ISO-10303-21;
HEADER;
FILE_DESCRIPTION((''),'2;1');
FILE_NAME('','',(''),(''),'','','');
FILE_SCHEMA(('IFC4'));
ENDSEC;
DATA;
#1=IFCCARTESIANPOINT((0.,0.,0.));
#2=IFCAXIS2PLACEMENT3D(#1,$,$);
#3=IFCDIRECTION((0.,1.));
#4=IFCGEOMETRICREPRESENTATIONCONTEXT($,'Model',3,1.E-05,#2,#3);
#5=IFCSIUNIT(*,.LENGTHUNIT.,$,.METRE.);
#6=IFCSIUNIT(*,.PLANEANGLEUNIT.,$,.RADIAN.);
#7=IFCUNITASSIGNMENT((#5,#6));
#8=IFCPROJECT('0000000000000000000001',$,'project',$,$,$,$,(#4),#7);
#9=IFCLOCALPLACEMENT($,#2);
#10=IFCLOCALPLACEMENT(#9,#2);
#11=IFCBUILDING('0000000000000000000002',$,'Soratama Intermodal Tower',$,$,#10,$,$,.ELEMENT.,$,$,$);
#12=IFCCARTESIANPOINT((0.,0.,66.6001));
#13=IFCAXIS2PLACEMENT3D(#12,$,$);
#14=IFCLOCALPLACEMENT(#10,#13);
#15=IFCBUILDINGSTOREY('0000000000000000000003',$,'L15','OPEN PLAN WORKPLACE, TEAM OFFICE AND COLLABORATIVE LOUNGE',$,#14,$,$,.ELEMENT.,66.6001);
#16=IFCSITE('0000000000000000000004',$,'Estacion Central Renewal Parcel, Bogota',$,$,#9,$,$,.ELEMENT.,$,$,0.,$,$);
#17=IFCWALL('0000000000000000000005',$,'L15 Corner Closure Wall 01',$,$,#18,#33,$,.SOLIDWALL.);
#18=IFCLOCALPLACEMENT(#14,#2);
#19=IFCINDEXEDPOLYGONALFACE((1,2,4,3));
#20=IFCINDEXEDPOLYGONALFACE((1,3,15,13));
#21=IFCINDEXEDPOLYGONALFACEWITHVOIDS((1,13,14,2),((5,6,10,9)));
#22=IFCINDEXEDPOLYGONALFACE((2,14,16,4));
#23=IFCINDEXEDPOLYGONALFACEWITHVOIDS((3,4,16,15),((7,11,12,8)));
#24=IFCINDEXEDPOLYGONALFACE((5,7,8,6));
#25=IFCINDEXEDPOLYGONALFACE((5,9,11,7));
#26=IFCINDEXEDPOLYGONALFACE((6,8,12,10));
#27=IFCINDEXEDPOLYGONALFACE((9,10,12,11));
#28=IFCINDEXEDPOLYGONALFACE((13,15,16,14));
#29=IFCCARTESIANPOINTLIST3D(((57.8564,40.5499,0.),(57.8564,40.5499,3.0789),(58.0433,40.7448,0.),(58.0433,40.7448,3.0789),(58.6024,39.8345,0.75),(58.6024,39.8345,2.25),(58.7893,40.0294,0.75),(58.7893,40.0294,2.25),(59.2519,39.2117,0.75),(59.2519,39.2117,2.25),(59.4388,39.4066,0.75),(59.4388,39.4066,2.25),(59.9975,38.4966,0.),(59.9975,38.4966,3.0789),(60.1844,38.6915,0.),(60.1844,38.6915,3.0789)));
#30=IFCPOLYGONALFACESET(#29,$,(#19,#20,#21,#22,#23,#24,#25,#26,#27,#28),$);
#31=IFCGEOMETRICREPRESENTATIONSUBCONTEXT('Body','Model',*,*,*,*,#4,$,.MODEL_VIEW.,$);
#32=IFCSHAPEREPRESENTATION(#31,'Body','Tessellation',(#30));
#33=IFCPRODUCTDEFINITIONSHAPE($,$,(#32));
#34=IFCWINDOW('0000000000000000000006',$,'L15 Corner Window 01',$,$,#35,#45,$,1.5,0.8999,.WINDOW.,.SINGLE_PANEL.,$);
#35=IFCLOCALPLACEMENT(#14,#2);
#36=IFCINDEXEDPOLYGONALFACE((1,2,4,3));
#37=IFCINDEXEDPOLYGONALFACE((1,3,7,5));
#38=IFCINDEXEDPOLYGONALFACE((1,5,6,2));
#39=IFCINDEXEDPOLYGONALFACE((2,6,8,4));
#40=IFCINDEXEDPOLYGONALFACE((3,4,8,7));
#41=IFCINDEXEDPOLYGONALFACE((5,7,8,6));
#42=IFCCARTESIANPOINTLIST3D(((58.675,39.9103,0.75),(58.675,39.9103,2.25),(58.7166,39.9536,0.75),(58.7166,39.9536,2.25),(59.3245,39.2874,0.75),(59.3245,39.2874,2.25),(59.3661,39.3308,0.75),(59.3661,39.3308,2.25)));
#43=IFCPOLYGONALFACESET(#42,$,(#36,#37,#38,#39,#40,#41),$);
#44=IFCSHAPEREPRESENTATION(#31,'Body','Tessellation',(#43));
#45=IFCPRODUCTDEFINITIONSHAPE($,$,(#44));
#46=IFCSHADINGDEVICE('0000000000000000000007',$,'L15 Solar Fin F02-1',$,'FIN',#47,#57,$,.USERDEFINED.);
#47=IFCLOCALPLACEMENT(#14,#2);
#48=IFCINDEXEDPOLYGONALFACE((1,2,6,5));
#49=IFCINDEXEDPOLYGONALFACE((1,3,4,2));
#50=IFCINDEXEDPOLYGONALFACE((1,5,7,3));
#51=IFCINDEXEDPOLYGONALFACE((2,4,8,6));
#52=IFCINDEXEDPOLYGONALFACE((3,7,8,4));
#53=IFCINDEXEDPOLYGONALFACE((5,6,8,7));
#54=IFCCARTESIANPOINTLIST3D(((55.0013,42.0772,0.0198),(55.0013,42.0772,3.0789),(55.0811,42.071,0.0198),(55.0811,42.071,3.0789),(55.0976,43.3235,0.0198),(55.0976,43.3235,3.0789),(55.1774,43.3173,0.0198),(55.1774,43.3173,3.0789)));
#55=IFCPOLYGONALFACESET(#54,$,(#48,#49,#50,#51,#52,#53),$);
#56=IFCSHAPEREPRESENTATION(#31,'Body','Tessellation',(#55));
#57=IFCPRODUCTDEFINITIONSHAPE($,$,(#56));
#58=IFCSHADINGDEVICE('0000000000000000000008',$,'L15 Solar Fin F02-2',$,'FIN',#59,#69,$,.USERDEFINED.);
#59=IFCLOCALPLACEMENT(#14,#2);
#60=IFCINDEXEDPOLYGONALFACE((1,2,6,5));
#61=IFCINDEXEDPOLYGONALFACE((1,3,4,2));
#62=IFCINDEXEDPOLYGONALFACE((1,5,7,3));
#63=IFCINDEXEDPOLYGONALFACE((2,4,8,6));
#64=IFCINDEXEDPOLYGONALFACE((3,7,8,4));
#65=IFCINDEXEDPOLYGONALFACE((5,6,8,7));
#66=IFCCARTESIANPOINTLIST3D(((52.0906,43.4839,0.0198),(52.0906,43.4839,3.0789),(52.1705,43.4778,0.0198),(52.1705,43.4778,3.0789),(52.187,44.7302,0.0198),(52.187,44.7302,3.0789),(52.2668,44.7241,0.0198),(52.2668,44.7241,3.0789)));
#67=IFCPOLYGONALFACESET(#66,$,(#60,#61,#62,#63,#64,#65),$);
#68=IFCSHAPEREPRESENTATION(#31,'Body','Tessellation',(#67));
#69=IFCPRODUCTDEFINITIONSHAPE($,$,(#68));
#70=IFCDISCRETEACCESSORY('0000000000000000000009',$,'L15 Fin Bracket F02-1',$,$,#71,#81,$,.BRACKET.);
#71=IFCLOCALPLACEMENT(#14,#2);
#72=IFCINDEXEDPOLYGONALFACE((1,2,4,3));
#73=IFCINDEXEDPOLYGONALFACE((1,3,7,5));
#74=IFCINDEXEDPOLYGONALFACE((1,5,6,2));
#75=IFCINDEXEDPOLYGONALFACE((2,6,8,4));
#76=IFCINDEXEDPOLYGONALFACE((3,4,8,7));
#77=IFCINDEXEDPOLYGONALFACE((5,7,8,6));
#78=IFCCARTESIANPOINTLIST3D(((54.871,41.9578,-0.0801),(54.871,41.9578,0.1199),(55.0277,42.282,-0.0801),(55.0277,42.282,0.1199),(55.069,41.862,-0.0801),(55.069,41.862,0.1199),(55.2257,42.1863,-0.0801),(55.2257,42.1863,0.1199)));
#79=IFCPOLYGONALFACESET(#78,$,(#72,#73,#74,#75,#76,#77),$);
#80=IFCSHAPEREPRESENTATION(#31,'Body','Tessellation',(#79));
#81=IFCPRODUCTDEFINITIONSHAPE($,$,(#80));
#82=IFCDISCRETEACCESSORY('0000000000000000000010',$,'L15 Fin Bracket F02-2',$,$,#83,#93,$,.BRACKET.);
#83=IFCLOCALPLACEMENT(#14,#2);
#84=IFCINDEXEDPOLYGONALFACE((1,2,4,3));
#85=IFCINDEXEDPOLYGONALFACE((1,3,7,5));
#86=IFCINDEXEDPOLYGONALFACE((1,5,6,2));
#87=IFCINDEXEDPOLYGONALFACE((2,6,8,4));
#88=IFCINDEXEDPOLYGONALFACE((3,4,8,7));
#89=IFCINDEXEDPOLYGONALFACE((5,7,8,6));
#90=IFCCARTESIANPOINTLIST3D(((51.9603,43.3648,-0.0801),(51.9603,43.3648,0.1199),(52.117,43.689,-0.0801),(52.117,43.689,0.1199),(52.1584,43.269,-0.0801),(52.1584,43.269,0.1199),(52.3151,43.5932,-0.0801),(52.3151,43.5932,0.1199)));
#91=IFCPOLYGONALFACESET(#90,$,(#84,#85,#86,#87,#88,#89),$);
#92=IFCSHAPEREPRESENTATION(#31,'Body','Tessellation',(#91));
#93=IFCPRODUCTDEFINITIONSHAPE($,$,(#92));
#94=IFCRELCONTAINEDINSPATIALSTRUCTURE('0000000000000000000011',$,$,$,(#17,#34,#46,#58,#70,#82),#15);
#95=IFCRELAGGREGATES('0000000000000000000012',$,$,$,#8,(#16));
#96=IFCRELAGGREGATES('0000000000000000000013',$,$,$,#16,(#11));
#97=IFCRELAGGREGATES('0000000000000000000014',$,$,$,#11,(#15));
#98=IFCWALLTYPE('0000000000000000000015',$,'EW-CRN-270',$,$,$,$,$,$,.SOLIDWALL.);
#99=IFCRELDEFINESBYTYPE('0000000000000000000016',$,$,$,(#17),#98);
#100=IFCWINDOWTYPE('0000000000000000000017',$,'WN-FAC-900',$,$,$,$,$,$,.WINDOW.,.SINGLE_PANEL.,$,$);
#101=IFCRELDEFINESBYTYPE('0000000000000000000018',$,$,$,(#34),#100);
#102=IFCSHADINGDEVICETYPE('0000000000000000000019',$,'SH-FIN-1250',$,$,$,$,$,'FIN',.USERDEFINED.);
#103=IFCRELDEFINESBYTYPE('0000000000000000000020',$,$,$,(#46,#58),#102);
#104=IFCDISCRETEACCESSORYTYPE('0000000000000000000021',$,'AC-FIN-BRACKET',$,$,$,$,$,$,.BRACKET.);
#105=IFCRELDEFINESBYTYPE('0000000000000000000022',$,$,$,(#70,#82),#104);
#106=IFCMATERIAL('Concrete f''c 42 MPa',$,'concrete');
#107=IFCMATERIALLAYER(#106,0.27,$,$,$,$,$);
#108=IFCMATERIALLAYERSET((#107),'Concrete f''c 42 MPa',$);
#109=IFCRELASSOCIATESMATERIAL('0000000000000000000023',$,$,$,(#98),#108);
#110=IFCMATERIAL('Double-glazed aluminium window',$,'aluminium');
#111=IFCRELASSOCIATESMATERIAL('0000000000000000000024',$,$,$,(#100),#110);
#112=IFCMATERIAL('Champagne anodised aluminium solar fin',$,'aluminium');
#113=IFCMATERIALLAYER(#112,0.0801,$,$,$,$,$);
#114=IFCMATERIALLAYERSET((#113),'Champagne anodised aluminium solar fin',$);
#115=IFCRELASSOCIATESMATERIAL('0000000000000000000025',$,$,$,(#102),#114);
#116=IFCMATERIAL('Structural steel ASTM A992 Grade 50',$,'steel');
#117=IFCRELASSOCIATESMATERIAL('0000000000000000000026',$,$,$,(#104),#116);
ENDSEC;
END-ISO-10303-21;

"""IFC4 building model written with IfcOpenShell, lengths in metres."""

from ifc_helpers import new_model, si_unit, direction, frame, frame_2d, origin, origin_2d, place, context, subcontext, project, spatial, rectangle, extrude, material, layer, layer_set, type_object, element, fill, save


model = new_model("IFC4")

# Units and contexts
model_context = context("Model", 3, precision=1e-05, world=origin(), true_north=direction((0.0, 1.0)))
body_context = subcontext(model_context, "Body", "Model", "MODEL_VIEW")
ifc_project = project(units=[si_unit("LENGTHUNIT", "METRE"), si_unit("PLANEANGLEUNIT", "RADIAN")], contexts=[model_context])

# Site, building, storey
site_placement = place(None, origin())
site = spatial("IfcSite", under=ifc_project, at=site_placement, Name="Estacion Central Renewal Parcel, Bogota", CompositionType="ELEMENT", RefElevation=0.0)
building_placement = place(site_placement, origin())
building = spatial("IfcBuilding", under=site, at=building_placement, Name="Soratama Intermodal Tower", CompositionType="ELEMENT")
storey_placement = place(building_placement, frame((0.0, 0.0, 66.6001)))
storey = spatial("IfcBuildingStorey", under=building, at=storey_placement, Name="L15", Description="OPEN PLAN WORKPLACE, TEAM OFFICE AND COLLABORATIVE LOUNGE", CompositionType="ELEMENT", Elevation=66.6001)

# Wall, opening, window
ifc_material_1 = material(Name="Concrete f'c 42 MPa", Category="concrete")
ifc_layer_1 = layer(ifc_material_1, 0.27)
ifc_layer_set_1 = layer_set([ifc_layer_1], Name="Concrete f'c 42 MPa")
wall_type = type_object("IfcWallType", Name="EW-CRN-270", PredefinedType="SOLIDWALL", material=ifc_layer_set_1)
wall_placement = place(storey_placement, frame((60.0911, 38.594, 0.0), z_axis=(0.0, 0.0, 1.0), x_axis=(-0.721765, 0.692138, 0.0)))
wall = element("IfcWall", 1, at=wall_placement, inside=storey, type_object=wall_type, Name="L15 Corner Closure Wall 01", PredefinedType="SOLIDWALL", context=body_context, shape_type="SweptSolid", body=[
    extrude(rectangle(XDim=2.9666, YDim=0.27, at=frame_2d((1.4834, 0.0))), origin(), (0.0, 0.0, 1.0), 3.0789),
])
opening_placement = place(wall_placement, frame((1.0332, 0.0, 0.75)))
opening = element("IfcOpeningElement", 2, at=opening_placement, cuts=wall, PredefinedType="OPENING", context=body_context, shape_type="SweptSolid", body=[
    extrude(rectangle(XDim=0.8999, YDim=1.5, at=frame_2d((0.45, 0.75))), frame((0.0, 0.145, 0.0), z_axis=(0.0, -1.0, 0.0), x_axis=(1.0, 0.0, 0.0)), (0.0, 0.0, 1.0), 0.29),
])
ifc_material_2 = material(Name="Double-glazed aluminium window", Category="aluminium")
window_type = type_object("IfcWindowType", Name="WN-FAC-900", PartitioningType="SINGLE_PANEL", PredefinedType="WINDOW", material=ifc_material_2)
window_placement = place(opening_placement, origin())
window = element("IfcWindow", 3, at=window_placement, inside=storey, type_object=window_type, Name="L15 Corner Window 01", OverallHeight=1.5, OverallWidth=0.8999, PartitioningType="SINGLE_PANEL", PredefinedType="WINDOW", context=body_context, shape_type="SweptSolid", body=[
    extrude(rectangle(XDim=0.8999, YDim=1.5, at=frame_2d((0.45, 0.75))), frame((0.0, 0.03, 0.0), z_axis=(0.0, -1.0, 0.0), x_axis=(1.0, 0.0, 0.0)), (0.0, 0.0, 1.0), 0.0601),
])
fill(opening, window)

# Shading devices
ifc_material_3 = material(Name="Champagne anodised aluminium solar fin", Category="aluminium")
ifc_layer_2 = layer(ifc_material_3, 0.0801)
ifc_layer_set_2 = layer_set([ifc_layer_2], Name="Champagne anodised aluminium solar fin")
shading_device_type = type_object("IfcShadingDeviceType", Name="SH-FIN-1250", ElementType="FIN", PredefinedType="USERDEFINED", material=ifc_layer_set_2)
for number, where, z_axis, x_axis, name in (
    (4, (55.0894, 42.6973, 0.0198), (0.0, 0.0, 1.0), (0.077067, 0.997026, 0.0), "L15 Solar Fin F02-1"),
    (5, (52.1787, 44.104, 0.0198), (0.0, 0.0, 1.0), (0.077067, 0.997026, 0.0), "L15 Solar Fin F02-2"),
):
    element("IfcShadingDevice", number, at=place(storey_placement, frame(where, z_axis=z_axis, x_axis=x_axis)), inside=storey, type_object=shading_device_type, Name=name, ObjectType="FIN", PredefinedType="USERDEFINED", context=body_context, shape_type="SweptSolid", body=[
        extrude(rectangle(XDim=1.25, YDim=0.0801, at=origin_2d()), origin(), (0.0, 0.0, 1.0), 3.0591),
    ])

# Discrete accessories
ifc_material_4 = material(Name="Structural steel ASTM A992 Grade 50", Category="steel")
discrete_accessory_type = type_object("IfcDiscreteAccessoryType", Name="AC-FIN-BRACKET", PredefinedType="BRACKET", material=ifc_material_4)
for number, where, z_axis, x_axis, name in (
    (6, (55.0483, 42.072, -0.0801), (0.0, 0.0, 1.0), (0.435231, 0.900319, 0.0), "L15 Fin Bracket F02-1"),
    (7, (52.1377, 43.479, -0.0801), (0.0, 0.0, 1.0), (0.435231, 0.900319, 0.0), "L15 Fin Bracket F02-2"),
):
    element("IfcDiscreteAccessory", number, at=place(storey_placement, frame(where, z_axis=z_axis, x_axis=x_axis)), inside=storey, type_object=discrete_accessory_type, Name=name, PredefinedType="BRACKET", context=body_context, shape_type="SweptSolid", body=[
        extrude(rectangle(XDim=0.3601, YDim=0.22, at=origin_2d()), origin(), (0.0, 0.0, 1.0), 0.2),
    ])

save(model, "model.ifc")
